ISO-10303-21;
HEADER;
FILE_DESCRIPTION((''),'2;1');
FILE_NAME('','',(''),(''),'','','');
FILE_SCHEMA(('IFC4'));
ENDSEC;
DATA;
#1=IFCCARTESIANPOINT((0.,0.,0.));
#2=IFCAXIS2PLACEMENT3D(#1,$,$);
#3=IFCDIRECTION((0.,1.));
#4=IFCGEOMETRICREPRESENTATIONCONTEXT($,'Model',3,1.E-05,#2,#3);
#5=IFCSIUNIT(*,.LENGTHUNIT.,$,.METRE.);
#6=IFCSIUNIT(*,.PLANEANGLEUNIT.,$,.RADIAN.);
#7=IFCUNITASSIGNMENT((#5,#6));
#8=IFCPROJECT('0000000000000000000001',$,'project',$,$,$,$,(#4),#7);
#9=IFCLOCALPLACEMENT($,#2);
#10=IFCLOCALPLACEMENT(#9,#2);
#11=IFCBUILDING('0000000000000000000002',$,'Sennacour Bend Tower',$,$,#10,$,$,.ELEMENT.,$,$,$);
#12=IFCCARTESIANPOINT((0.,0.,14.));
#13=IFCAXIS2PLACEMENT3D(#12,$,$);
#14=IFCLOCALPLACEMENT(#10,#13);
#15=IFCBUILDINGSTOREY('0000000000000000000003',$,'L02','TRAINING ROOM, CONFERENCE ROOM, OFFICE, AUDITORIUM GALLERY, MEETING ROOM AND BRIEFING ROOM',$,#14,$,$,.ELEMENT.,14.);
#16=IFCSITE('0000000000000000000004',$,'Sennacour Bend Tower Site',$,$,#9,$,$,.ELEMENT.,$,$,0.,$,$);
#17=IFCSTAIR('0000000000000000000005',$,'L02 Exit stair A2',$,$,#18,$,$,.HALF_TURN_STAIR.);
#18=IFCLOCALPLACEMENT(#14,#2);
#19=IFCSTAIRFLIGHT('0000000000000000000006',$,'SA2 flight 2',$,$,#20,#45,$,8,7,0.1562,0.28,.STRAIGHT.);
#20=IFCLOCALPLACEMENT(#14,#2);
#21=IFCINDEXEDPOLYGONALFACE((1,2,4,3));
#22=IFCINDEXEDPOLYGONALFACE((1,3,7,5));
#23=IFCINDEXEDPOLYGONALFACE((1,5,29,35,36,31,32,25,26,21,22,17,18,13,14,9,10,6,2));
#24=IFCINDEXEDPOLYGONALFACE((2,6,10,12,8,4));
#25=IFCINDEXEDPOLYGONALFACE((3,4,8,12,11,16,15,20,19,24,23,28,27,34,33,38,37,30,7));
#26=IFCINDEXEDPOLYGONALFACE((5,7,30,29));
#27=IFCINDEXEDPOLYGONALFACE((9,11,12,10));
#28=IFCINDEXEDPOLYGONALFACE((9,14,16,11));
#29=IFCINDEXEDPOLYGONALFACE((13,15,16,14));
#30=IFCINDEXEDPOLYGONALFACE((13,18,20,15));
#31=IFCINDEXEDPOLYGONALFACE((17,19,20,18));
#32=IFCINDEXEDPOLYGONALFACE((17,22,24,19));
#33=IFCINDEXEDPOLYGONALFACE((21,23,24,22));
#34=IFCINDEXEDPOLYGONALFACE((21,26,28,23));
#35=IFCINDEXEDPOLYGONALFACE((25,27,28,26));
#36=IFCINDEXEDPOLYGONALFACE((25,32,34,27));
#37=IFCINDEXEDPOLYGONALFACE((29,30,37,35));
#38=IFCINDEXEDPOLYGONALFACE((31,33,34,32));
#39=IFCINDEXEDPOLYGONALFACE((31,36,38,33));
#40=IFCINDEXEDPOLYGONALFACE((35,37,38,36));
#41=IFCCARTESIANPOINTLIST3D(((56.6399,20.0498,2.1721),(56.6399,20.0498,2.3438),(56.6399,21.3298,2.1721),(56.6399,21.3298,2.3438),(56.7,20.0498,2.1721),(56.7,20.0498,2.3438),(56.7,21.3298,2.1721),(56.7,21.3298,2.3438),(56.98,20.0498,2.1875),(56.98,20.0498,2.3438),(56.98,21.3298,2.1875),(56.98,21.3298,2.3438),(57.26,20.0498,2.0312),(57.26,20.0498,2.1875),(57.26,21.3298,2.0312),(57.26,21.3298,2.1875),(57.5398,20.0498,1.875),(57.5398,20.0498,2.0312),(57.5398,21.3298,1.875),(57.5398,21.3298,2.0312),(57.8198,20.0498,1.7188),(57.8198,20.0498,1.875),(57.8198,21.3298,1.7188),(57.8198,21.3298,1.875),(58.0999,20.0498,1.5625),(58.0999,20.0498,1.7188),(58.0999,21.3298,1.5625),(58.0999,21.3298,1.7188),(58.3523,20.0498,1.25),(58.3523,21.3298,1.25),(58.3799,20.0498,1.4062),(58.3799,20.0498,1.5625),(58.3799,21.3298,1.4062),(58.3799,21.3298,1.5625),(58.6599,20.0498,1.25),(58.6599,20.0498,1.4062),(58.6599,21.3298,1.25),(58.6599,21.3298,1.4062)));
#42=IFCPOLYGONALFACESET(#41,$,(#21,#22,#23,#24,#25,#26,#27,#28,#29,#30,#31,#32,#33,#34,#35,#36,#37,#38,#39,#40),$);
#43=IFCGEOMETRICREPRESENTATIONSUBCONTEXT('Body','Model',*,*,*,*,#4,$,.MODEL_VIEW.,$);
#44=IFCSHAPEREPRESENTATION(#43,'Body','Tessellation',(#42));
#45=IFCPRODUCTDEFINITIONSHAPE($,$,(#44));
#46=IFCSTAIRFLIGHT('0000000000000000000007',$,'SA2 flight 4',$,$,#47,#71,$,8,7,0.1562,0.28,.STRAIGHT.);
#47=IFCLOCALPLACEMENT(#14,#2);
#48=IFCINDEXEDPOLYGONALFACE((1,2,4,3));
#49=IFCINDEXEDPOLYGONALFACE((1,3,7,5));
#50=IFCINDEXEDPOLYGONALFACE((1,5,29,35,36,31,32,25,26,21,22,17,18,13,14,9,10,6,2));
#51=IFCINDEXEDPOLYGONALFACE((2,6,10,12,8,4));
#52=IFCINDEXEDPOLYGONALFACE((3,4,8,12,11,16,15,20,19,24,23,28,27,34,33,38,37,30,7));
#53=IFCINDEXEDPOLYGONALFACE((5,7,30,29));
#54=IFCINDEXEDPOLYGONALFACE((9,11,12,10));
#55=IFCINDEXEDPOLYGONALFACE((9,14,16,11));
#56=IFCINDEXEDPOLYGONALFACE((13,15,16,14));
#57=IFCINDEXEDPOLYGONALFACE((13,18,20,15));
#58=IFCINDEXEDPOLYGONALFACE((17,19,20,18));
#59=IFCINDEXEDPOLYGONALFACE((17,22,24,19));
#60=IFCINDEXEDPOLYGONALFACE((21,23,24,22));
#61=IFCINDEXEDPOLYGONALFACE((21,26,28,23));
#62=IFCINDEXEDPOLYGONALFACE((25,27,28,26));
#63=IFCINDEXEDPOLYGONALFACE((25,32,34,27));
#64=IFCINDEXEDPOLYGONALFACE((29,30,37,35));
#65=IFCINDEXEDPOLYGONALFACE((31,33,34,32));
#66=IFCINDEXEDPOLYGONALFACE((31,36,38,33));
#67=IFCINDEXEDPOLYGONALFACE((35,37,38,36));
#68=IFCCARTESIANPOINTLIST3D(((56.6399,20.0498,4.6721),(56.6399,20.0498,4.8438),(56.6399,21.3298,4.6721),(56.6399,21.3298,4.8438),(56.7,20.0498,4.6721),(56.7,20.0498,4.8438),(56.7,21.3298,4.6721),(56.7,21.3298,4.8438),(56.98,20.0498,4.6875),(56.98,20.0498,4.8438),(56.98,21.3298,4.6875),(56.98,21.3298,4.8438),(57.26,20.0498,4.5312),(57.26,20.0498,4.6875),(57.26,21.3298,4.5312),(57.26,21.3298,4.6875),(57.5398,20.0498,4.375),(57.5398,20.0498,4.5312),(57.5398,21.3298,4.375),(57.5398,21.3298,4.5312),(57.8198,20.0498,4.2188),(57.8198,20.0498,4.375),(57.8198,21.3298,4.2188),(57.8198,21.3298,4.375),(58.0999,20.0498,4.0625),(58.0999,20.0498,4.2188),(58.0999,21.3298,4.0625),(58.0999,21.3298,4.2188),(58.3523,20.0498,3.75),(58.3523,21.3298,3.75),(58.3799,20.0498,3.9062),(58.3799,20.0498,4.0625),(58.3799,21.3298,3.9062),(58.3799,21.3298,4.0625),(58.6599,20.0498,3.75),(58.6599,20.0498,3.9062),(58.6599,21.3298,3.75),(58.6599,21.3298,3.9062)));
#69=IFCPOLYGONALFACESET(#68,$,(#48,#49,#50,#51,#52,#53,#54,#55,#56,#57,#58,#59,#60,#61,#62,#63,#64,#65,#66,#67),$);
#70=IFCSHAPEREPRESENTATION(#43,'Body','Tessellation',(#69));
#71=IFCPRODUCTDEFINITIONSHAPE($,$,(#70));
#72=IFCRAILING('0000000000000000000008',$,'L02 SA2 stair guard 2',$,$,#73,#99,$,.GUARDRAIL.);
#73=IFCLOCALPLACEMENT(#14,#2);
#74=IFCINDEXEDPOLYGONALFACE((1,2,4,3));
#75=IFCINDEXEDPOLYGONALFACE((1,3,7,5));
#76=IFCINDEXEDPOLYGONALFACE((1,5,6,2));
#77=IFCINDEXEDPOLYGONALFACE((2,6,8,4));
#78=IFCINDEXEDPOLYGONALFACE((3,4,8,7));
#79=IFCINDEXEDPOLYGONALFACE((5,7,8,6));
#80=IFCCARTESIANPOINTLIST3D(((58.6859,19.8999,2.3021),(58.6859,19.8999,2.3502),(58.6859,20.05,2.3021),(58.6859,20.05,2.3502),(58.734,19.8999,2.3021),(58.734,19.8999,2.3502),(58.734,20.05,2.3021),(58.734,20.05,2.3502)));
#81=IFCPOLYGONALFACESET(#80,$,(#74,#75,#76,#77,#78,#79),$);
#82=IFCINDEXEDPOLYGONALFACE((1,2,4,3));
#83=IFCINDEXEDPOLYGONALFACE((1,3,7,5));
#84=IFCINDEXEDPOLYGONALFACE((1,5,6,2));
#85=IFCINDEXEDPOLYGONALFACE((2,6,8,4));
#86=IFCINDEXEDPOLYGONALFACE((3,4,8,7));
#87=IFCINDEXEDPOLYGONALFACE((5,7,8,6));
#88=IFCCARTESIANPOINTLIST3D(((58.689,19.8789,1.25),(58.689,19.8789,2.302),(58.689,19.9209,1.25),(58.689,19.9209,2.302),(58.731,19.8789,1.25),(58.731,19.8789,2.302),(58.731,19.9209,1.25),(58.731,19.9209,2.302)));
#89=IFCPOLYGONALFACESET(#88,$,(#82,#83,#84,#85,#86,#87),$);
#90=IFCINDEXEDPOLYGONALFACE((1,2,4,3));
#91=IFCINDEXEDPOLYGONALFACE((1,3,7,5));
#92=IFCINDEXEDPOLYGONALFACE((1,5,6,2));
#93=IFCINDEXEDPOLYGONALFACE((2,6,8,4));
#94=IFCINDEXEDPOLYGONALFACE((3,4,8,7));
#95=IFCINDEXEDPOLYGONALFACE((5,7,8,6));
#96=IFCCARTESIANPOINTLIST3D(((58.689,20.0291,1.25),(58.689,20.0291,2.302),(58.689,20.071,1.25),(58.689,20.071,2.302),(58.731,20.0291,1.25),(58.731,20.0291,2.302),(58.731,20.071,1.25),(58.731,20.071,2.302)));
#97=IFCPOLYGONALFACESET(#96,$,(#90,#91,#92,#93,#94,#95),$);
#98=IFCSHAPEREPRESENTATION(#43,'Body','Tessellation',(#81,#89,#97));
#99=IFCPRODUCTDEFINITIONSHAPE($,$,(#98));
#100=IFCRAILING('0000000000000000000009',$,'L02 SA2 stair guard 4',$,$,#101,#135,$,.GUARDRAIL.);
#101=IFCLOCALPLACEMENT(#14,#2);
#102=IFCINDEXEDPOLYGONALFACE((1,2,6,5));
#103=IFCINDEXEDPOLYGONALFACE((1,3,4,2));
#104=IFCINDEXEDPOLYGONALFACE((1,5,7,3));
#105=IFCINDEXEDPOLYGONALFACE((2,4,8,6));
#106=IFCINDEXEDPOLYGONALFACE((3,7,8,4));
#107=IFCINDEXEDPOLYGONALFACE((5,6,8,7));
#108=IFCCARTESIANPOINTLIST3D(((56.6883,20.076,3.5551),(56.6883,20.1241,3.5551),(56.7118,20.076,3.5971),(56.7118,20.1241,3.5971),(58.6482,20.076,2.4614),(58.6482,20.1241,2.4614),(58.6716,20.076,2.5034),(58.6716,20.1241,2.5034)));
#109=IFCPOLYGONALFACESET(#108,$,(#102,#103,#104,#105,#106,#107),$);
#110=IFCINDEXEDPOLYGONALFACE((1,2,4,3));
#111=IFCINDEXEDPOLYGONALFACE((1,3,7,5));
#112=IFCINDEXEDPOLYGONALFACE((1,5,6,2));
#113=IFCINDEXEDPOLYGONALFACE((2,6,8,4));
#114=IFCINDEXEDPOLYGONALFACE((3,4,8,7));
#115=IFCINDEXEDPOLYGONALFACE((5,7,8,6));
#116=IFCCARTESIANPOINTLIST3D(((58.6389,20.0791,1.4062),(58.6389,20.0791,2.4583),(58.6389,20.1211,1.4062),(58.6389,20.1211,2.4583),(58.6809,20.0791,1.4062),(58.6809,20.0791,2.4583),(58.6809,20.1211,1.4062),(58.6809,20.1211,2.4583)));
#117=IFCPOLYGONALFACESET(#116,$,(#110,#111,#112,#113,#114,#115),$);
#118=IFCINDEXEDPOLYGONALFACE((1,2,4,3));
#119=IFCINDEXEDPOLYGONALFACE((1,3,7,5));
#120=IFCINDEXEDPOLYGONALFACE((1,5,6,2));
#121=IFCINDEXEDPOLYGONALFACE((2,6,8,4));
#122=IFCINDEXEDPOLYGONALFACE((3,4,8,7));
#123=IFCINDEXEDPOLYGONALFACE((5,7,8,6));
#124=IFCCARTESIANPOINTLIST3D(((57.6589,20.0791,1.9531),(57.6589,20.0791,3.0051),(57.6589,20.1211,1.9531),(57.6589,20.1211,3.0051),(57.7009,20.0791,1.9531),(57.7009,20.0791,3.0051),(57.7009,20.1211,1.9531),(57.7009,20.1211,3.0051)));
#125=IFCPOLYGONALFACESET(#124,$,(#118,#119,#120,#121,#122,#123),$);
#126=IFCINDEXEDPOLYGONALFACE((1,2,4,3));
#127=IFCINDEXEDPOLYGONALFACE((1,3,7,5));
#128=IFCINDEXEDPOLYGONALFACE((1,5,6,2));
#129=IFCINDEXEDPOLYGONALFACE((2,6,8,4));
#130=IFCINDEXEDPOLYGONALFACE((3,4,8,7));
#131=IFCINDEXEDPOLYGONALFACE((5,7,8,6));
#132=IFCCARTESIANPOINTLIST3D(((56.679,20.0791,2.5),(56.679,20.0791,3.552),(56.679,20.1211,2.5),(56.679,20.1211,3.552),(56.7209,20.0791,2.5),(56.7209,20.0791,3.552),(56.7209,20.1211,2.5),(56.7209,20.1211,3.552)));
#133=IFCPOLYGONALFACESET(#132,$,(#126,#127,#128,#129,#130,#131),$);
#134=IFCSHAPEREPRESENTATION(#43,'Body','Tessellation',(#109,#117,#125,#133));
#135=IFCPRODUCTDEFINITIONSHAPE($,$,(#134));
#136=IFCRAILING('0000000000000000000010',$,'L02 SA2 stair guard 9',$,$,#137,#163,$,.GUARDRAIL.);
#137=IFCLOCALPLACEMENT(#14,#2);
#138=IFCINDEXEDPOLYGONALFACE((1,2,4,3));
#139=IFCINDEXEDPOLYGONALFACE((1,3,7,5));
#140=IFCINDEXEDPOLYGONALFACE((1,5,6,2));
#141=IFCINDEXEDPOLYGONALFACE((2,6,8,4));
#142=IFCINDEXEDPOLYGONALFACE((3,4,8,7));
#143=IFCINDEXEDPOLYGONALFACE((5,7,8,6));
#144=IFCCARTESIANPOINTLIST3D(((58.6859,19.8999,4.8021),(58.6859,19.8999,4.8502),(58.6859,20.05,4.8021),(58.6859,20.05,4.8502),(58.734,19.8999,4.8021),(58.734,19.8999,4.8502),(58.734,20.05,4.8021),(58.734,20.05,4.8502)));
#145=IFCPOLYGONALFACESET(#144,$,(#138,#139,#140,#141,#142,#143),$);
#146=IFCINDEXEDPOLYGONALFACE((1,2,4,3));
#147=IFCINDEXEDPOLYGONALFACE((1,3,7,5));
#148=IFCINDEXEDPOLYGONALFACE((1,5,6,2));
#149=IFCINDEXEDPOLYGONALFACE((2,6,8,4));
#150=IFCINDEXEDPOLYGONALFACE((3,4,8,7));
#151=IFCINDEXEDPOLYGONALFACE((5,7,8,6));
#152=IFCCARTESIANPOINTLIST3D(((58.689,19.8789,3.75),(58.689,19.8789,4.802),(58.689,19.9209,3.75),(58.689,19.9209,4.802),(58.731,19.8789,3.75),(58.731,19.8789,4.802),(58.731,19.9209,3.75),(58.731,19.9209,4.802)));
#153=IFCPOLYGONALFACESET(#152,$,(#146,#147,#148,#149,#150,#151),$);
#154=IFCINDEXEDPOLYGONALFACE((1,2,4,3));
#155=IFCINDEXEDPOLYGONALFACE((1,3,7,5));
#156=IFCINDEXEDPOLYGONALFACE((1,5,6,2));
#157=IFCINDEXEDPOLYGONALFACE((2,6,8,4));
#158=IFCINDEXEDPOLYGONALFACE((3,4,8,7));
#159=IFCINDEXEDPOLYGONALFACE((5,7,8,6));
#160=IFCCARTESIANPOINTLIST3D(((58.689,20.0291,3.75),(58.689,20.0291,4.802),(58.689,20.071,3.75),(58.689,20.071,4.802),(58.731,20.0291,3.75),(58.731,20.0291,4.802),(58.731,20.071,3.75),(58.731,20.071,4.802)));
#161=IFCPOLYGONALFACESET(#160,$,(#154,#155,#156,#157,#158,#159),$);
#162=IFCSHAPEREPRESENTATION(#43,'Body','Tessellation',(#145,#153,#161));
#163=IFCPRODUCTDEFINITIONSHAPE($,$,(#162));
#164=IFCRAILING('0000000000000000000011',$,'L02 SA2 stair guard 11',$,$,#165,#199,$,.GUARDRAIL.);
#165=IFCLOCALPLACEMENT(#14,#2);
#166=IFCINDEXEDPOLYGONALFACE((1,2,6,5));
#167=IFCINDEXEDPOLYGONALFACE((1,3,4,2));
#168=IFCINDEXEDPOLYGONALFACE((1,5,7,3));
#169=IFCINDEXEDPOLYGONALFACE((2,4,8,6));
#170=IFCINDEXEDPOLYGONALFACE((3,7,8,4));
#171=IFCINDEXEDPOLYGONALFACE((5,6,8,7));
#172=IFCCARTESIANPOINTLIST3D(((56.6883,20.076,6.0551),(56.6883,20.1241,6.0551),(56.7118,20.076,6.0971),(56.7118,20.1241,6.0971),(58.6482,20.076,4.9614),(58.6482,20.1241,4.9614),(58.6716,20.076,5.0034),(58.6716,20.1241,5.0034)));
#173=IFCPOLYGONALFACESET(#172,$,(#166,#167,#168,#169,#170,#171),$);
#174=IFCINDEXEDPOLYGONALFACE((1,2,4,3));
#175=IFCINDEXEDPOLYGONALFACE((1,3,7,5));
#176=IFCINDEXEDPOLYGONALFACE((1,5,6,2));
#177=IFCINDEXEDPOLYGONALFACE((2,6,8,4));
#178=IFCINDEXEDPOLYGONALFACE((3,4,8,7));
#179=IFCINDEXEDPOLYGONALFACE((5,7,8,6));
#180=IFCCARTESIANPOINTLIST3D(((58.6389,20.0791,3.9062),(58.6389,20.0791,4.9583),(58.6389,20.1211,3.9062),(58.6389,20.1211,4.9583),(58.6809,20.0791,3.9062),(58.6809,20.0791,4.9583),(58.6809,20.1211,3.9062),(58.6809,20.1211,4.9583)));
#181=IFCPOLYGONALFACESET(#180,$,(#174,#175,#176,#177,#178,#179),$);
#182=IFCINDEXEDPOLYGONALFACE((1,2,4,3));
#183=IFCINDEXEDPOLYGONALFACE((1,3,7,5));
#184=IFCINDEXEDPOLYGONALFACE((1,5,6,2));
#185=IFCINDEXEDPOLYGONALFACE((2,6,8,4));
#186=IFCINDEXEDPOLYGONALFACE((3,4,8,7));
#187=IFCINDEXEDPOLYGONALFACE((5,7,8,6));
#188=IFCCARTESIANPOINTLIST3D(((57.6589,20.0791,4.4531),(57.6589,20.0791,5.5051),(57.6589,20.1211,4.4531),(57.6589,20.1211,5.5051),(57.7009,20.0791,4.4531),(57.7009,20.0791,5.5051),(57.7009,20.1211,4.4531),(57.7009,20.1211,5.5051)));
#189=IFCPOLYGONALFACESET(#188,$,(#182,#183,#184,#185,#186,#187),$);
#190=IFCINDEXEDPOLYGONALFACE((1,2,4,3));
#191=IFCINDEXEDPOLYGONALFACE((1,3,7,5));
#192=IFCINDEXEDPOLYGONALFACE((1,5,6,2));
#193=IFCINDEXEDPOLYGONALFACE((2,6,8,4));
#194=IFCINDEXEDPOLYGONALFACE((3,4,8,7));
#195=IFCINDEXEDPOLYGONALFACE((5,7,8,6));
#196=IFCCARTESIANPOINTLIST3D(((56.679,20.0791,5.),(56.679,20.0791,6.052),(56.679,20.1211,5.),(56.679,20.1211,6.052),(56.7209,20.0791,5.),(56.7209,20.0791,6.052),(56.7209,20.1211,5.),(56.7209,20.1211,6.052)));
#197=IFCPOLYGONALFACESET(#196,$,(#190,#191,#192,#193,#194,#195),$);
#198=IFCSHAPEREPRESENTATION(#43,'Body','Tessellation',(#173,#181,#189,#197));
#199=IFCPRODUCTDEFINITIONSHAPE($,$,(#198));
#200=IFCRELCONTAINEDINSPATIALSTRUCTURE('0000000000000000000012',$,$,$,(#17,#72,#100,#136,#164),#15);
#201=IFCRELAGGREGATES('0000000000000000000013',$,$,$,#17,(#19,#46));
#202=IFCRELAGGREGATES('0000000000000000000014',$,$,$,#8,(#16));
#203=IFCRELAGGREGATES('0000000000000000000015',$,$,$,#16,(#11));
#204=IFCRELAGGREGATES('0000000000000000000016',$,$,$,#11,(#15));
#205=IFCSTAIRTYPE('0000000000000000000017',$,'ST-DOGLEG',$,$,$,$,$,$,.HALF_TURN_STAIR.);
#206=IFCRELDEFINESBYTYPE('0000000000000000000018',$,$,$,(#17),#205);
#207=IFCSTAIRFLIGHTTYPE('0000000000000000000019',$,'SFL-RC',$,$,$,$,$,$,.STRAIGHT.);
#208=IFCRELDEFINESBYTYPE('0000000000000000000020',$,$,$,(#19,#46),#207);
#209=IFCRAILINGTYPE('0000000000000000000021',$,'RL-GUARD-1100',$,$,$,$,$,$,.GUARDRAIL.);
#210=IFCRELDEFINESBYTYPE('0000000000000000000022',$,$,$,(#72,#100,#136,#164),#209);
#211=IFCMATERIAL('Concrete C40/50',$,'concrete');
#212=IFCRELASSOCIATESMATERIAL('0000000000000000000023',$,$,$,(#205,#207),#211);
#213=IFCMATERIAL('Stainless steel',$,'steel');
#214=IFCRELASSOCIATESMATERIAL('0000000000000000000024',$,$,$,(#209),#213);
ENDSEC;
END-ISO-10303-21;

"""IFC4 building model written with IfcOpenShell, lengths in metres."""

from ifc_helpers import new_model, si_unit, direction, frame, origin, origin_2d, place, context, subcontext, project, spatial, polyline, rectangle, outline, extrude, material, type_object, element, aggregate, save


model = new_model("IFC4")

# Units and contexts
model_context = context("Model", 3, precision=1e-05, world=origin(), true_north=direction((0.0, 1.0)))
body_context = subcontext(model_context, "Body", "Model", "MODEL_VIEW")
ifc_project = project(units=[si_unit("LENGTHUNIT", "METRE"), si_unit("PLANEANGLEUNIT", "RADIAN")], contexts=[model_context])

# Site, building, storey
site_placement = place(None, origin())
site = spatial("IfcSite", under=ifc_project, at=site_placement, Name="Sennacour Bend Tower Site", CompositionType="ELEMENT", RefElevation=0.0)
building_placement = place(site_placement, origin())
building = spatial("IfcBuilding", under=site, at=building_placement, Name="Sennacour Bend Tower", CompositionType="ELEMENT")
storey_placement = place(building_placement, frame((0.0, 0.0, 14.0)))
storey = spatial("IfcBuildingStorey", under=building, at=storey_placement, Name="L02", Description="TRAINING ROOM, CONFERENCE ROOM, OFFICE, AUDITORIUM GALLERY, MEETING ROOM AND BRIEFING ROOM", CompositionType="ELEMENT", Elevation=14.0)

# Shared definitions
ifc_material_1 = material(Name="Stainless steel", Category="steel")

# Stair, stair flights
ifc_material_2 = material(Name="Concrete C40/50", Category="concrete")
stair_type = type_object("IfcStairType", Name="ST-DOGLEG", PredefinedType="HALF_TURN_STAIR", material=ifc_material_2)
stair_placement = place(storey_placement, origin())
stair = element("IfcStair", 1, at=stair_placement, inside=storey, type_object=stair_type, Name="L02 Exit stair A2", PredefinedType="HALF_TURN_STAIR")
stair_flight_type = type_object("IfcStairFlightType", Name="SFL-RC", PredefinedType="STRAIGHT", material=ifc_material_2)
stair_flight_1_placement = place(storey_placement, frame((58.6599, 20.6899, 1.25), z_axis=(0.0, 0.0, 1.0), x_axis=(-1.0, 0.0, 0.0)))
stair_flight_1 = element("IfcStairFlight", 2, at=stair_flight_1_placement, type_object=stair_flight_type, Name="SA2 flight 2", NumberOfRisers=8, NumberOfTreads=7, PredefinedType="STRAIGHT", RiserHeight=0.1562, TreadLength=0.28, context=body_context, shape_type="SweptSolid", body=[
    extrude(outline(polyline([(0.0, 0.0), (0.0, 0.1562), (0.28, 0.1562), (0.28, 0.3125), (0.5601, 0.3125), (0.5601, 0.4688), (0.8401, 0.4688), (0.8401, 0.625), (1.1201, 0.625), (1.1201, 0.7812), (1.3999, 0.7812), (1.3999, 0.9375), (1.6799, 0.9375), (1.6799, 1.0938), (1.96, 1.0938), (2.02, 1.0938), (2.02, 0.9221), (1.96, 0.9221), (0.3076, 0.0), (0.0, 0.0)])), frame((0.0, 0.6401, 0.0), z_axis=(0.0, -1.0, 0.0), x_axis=(1.0, 0.0, 0.0)), (0.0, 0.0, 1.0), 1.28),
])
stair_flight_2_placement = place(storey_placement, frame((58.6599, 20.6899, 3.75), z_axis=(0.0, 0.0, 1.0), x_axis=(-1.0, 0.0, 0.0)))
stair_flight_2 = element("IfcStairFlight", 3, at=stair_flight_2_placement, type_object=stair_flight_type, Name="SA2 flight 4", NumberOfRisers=8, NumberOfTreads=7, PredefinedType="STRAIGHT", RiserHeight=0.1562, TreadLength=0.28, context=body_context, shape_type="SweptSolid", body=[
    extrude(outline(polyline([(0.0, 0.0), (0.0, 0.1562), (0.28, 0.1562), (0.28, 0.3125), (0.5601, 0.3125), (0.5601, 0.4688), (0.8401, 0.4688), (0.8401, 0.625), (1.1201, 0.625), (1.1201, 0.7812), (1.3999, 0.7812), (1.3999, 0.9375), (1.6799, 0.9375), (1.6799, 1.0938), (1.96, 1.0938), (2.02, 1.0938), (2.02, 0.9221), (1.96, 0.9221), (0.3076, 0.0), (0.0, 0.0)])), frame((0.0, 0.6401, 0.0), z_axis=(0.0, -1.0, 0.0), x_axis=(1.0, 0.0, 0.0)), (0.0, 0.0, 1.0), 1.28),
])
aggregate(stair, [stair_flight_1, stair_flight_2])

# Railings
railing_type_1 = type_object("IfcRailingType", Name="RL-GUARD-1100", PredefinedType="GUARDRAIL", material=ifc_material_1)
railing_1_placement = place(storey_placement, frame((58.71, 19.8999, 1.25)))
element("IfcRailing", 4, at=railing_1_placement, inside=storey, type_object=railing_type_1, Name="L02 SA2 stair guard 2", PredefinedType="GUARDRAIL", context=body_context, shape_type="SweptSolid", body=[
    extrude(rectangle(XDim=0.0481, YDim=0.0481, at=origin_2d()), frame((0.0, 0.0, 1.0762), z_axis=(0.0, 1.0, 0.0), x_axis=(-1.0, 0.0, 0.0)), (0.0, 0.0, 1.0), 0.1501),
    extrude(rectangle(XDim=0.042, YDim=0.042, at=origin_2d()), origin(), (0.0, 0.0, 1.0), 1.052),
    extrude(rectangle(XDim=0.042, YDim=0.042, at=origin_2d()), frame((0.0, 0.1501, 0.0)), (0.0, 0.0, 1.0), 1.052),
])
railing_2_placement = place(storey_placement, frame((58.6599, 20.1001, 1.4062)))
element("IfcRailing", 5, at=railing_2_placement, inside=storey, type_object=railing_type_1, Name="L02 SA2 stair guard 4", PredefinedType="GUARDRAIL", context=body_context, shape_type="SweptSolid", body=[
    extrude(rectangle(XDim=0.0481, YDim=0.0481, at=origin_2d()), frame((0.0, 0.0, 1.0762), z_axis=(-0.873232, 0.0, 0.487304), x_axis=(0.0, -1.0, 0.0)), (0.0, 0.0, 1.0), 2.2444),
    extrude(rectangle(XDim=0.042, YDim=0.042, at=origin_2d()), origin(), (0.0, 0.0, 1.0), 1.052),
    extrude(rectangle(XDim=0.042, YDim=0.042, at=origin_2d()), frame((-0.98, 0.0, 0.5469)), (0.0, 0.0, 1.0), 1.052),
    extrude(rectangle(XDim=0.042, YDim=0.042, at=origin_2d()), frame((-1.96, 0.0, 1.0938)), (0.0, 0.0, 1.0), 1.052),
])
railing_3_placement = place(storey_placement, frame((58.71, 19.8999, 3.75)))
element("IfcRailing", 6, at=railing_3_placement, inside=storey, type_object=railing_type_1, Name="L02 SA2 stair guard 9", PredefinedType="GUARDRAIL", context=body_context, shape_type="SweptSolid", body=[
    extrude(rectangle(XDim=0.0481, YDim=0.0481, at=origin_2d()), frame((0.0, 0.0, 1.0762), z_axis=(0.0, 1.0, 0.0), x_axis=(-1.0, 0.0, 0.0)), (0.0, 0.0, 1.0), 0.1501),
    extrude(rectangle(XDim=0.042, YDim=0.042, at=origin_2d()), origin(), (0.0, 0.0, 1.0), 1.052),
    extrude(rectangle(XDim=0.042, YDim=0.042, at=origin_2d()), frame((0.0, 0.1501, 0.0)), (0.0, 0.0, 1.0), 1.052),
])
railing_4_placement = place(storey_placement, frame((58.6599, 20.1001, 3.9062)))
element("IfcRailing", 7, at=railing_4_placement, inside=storey, type_object=railing_type_1, Name="L02 SA2 stair guard 11", PredefinedType="GUARDRAIL", context=body_context, shape_type="SweptSolid", body=[
    extrude(rectangle(XDim=0.0481, YDim=0.0481, at=origin_2d()), frame((0.0, 0.0, 1.0762), z_axis=(-0.873232, 0.0, 0.487304), x_axis=(0.0, -1.0, 0.0)), (0.0, 0.0, 1.0), 2.2444),
    extrude(rectangle(XDim=0.042, YDim=0.042, at=origin_2d()), origin(), (0.0, 0.0, 1.0), 1.052),
    extrude(rectangle(XDim=0.042, YDim=0.042, at=origin_2d()), frame((-0.98, 0.0, 0.5469)), (0.0, 0.0, 1.0), 1.052),
    extrude(rectangle(XDim=0.042, YDim=0.042, at=origin_2d()), frame((-1.96, 0.0, 1.0938)), (0.0, 0.0, 1.0), 1.052),
])

save(model, "model.ifc")
